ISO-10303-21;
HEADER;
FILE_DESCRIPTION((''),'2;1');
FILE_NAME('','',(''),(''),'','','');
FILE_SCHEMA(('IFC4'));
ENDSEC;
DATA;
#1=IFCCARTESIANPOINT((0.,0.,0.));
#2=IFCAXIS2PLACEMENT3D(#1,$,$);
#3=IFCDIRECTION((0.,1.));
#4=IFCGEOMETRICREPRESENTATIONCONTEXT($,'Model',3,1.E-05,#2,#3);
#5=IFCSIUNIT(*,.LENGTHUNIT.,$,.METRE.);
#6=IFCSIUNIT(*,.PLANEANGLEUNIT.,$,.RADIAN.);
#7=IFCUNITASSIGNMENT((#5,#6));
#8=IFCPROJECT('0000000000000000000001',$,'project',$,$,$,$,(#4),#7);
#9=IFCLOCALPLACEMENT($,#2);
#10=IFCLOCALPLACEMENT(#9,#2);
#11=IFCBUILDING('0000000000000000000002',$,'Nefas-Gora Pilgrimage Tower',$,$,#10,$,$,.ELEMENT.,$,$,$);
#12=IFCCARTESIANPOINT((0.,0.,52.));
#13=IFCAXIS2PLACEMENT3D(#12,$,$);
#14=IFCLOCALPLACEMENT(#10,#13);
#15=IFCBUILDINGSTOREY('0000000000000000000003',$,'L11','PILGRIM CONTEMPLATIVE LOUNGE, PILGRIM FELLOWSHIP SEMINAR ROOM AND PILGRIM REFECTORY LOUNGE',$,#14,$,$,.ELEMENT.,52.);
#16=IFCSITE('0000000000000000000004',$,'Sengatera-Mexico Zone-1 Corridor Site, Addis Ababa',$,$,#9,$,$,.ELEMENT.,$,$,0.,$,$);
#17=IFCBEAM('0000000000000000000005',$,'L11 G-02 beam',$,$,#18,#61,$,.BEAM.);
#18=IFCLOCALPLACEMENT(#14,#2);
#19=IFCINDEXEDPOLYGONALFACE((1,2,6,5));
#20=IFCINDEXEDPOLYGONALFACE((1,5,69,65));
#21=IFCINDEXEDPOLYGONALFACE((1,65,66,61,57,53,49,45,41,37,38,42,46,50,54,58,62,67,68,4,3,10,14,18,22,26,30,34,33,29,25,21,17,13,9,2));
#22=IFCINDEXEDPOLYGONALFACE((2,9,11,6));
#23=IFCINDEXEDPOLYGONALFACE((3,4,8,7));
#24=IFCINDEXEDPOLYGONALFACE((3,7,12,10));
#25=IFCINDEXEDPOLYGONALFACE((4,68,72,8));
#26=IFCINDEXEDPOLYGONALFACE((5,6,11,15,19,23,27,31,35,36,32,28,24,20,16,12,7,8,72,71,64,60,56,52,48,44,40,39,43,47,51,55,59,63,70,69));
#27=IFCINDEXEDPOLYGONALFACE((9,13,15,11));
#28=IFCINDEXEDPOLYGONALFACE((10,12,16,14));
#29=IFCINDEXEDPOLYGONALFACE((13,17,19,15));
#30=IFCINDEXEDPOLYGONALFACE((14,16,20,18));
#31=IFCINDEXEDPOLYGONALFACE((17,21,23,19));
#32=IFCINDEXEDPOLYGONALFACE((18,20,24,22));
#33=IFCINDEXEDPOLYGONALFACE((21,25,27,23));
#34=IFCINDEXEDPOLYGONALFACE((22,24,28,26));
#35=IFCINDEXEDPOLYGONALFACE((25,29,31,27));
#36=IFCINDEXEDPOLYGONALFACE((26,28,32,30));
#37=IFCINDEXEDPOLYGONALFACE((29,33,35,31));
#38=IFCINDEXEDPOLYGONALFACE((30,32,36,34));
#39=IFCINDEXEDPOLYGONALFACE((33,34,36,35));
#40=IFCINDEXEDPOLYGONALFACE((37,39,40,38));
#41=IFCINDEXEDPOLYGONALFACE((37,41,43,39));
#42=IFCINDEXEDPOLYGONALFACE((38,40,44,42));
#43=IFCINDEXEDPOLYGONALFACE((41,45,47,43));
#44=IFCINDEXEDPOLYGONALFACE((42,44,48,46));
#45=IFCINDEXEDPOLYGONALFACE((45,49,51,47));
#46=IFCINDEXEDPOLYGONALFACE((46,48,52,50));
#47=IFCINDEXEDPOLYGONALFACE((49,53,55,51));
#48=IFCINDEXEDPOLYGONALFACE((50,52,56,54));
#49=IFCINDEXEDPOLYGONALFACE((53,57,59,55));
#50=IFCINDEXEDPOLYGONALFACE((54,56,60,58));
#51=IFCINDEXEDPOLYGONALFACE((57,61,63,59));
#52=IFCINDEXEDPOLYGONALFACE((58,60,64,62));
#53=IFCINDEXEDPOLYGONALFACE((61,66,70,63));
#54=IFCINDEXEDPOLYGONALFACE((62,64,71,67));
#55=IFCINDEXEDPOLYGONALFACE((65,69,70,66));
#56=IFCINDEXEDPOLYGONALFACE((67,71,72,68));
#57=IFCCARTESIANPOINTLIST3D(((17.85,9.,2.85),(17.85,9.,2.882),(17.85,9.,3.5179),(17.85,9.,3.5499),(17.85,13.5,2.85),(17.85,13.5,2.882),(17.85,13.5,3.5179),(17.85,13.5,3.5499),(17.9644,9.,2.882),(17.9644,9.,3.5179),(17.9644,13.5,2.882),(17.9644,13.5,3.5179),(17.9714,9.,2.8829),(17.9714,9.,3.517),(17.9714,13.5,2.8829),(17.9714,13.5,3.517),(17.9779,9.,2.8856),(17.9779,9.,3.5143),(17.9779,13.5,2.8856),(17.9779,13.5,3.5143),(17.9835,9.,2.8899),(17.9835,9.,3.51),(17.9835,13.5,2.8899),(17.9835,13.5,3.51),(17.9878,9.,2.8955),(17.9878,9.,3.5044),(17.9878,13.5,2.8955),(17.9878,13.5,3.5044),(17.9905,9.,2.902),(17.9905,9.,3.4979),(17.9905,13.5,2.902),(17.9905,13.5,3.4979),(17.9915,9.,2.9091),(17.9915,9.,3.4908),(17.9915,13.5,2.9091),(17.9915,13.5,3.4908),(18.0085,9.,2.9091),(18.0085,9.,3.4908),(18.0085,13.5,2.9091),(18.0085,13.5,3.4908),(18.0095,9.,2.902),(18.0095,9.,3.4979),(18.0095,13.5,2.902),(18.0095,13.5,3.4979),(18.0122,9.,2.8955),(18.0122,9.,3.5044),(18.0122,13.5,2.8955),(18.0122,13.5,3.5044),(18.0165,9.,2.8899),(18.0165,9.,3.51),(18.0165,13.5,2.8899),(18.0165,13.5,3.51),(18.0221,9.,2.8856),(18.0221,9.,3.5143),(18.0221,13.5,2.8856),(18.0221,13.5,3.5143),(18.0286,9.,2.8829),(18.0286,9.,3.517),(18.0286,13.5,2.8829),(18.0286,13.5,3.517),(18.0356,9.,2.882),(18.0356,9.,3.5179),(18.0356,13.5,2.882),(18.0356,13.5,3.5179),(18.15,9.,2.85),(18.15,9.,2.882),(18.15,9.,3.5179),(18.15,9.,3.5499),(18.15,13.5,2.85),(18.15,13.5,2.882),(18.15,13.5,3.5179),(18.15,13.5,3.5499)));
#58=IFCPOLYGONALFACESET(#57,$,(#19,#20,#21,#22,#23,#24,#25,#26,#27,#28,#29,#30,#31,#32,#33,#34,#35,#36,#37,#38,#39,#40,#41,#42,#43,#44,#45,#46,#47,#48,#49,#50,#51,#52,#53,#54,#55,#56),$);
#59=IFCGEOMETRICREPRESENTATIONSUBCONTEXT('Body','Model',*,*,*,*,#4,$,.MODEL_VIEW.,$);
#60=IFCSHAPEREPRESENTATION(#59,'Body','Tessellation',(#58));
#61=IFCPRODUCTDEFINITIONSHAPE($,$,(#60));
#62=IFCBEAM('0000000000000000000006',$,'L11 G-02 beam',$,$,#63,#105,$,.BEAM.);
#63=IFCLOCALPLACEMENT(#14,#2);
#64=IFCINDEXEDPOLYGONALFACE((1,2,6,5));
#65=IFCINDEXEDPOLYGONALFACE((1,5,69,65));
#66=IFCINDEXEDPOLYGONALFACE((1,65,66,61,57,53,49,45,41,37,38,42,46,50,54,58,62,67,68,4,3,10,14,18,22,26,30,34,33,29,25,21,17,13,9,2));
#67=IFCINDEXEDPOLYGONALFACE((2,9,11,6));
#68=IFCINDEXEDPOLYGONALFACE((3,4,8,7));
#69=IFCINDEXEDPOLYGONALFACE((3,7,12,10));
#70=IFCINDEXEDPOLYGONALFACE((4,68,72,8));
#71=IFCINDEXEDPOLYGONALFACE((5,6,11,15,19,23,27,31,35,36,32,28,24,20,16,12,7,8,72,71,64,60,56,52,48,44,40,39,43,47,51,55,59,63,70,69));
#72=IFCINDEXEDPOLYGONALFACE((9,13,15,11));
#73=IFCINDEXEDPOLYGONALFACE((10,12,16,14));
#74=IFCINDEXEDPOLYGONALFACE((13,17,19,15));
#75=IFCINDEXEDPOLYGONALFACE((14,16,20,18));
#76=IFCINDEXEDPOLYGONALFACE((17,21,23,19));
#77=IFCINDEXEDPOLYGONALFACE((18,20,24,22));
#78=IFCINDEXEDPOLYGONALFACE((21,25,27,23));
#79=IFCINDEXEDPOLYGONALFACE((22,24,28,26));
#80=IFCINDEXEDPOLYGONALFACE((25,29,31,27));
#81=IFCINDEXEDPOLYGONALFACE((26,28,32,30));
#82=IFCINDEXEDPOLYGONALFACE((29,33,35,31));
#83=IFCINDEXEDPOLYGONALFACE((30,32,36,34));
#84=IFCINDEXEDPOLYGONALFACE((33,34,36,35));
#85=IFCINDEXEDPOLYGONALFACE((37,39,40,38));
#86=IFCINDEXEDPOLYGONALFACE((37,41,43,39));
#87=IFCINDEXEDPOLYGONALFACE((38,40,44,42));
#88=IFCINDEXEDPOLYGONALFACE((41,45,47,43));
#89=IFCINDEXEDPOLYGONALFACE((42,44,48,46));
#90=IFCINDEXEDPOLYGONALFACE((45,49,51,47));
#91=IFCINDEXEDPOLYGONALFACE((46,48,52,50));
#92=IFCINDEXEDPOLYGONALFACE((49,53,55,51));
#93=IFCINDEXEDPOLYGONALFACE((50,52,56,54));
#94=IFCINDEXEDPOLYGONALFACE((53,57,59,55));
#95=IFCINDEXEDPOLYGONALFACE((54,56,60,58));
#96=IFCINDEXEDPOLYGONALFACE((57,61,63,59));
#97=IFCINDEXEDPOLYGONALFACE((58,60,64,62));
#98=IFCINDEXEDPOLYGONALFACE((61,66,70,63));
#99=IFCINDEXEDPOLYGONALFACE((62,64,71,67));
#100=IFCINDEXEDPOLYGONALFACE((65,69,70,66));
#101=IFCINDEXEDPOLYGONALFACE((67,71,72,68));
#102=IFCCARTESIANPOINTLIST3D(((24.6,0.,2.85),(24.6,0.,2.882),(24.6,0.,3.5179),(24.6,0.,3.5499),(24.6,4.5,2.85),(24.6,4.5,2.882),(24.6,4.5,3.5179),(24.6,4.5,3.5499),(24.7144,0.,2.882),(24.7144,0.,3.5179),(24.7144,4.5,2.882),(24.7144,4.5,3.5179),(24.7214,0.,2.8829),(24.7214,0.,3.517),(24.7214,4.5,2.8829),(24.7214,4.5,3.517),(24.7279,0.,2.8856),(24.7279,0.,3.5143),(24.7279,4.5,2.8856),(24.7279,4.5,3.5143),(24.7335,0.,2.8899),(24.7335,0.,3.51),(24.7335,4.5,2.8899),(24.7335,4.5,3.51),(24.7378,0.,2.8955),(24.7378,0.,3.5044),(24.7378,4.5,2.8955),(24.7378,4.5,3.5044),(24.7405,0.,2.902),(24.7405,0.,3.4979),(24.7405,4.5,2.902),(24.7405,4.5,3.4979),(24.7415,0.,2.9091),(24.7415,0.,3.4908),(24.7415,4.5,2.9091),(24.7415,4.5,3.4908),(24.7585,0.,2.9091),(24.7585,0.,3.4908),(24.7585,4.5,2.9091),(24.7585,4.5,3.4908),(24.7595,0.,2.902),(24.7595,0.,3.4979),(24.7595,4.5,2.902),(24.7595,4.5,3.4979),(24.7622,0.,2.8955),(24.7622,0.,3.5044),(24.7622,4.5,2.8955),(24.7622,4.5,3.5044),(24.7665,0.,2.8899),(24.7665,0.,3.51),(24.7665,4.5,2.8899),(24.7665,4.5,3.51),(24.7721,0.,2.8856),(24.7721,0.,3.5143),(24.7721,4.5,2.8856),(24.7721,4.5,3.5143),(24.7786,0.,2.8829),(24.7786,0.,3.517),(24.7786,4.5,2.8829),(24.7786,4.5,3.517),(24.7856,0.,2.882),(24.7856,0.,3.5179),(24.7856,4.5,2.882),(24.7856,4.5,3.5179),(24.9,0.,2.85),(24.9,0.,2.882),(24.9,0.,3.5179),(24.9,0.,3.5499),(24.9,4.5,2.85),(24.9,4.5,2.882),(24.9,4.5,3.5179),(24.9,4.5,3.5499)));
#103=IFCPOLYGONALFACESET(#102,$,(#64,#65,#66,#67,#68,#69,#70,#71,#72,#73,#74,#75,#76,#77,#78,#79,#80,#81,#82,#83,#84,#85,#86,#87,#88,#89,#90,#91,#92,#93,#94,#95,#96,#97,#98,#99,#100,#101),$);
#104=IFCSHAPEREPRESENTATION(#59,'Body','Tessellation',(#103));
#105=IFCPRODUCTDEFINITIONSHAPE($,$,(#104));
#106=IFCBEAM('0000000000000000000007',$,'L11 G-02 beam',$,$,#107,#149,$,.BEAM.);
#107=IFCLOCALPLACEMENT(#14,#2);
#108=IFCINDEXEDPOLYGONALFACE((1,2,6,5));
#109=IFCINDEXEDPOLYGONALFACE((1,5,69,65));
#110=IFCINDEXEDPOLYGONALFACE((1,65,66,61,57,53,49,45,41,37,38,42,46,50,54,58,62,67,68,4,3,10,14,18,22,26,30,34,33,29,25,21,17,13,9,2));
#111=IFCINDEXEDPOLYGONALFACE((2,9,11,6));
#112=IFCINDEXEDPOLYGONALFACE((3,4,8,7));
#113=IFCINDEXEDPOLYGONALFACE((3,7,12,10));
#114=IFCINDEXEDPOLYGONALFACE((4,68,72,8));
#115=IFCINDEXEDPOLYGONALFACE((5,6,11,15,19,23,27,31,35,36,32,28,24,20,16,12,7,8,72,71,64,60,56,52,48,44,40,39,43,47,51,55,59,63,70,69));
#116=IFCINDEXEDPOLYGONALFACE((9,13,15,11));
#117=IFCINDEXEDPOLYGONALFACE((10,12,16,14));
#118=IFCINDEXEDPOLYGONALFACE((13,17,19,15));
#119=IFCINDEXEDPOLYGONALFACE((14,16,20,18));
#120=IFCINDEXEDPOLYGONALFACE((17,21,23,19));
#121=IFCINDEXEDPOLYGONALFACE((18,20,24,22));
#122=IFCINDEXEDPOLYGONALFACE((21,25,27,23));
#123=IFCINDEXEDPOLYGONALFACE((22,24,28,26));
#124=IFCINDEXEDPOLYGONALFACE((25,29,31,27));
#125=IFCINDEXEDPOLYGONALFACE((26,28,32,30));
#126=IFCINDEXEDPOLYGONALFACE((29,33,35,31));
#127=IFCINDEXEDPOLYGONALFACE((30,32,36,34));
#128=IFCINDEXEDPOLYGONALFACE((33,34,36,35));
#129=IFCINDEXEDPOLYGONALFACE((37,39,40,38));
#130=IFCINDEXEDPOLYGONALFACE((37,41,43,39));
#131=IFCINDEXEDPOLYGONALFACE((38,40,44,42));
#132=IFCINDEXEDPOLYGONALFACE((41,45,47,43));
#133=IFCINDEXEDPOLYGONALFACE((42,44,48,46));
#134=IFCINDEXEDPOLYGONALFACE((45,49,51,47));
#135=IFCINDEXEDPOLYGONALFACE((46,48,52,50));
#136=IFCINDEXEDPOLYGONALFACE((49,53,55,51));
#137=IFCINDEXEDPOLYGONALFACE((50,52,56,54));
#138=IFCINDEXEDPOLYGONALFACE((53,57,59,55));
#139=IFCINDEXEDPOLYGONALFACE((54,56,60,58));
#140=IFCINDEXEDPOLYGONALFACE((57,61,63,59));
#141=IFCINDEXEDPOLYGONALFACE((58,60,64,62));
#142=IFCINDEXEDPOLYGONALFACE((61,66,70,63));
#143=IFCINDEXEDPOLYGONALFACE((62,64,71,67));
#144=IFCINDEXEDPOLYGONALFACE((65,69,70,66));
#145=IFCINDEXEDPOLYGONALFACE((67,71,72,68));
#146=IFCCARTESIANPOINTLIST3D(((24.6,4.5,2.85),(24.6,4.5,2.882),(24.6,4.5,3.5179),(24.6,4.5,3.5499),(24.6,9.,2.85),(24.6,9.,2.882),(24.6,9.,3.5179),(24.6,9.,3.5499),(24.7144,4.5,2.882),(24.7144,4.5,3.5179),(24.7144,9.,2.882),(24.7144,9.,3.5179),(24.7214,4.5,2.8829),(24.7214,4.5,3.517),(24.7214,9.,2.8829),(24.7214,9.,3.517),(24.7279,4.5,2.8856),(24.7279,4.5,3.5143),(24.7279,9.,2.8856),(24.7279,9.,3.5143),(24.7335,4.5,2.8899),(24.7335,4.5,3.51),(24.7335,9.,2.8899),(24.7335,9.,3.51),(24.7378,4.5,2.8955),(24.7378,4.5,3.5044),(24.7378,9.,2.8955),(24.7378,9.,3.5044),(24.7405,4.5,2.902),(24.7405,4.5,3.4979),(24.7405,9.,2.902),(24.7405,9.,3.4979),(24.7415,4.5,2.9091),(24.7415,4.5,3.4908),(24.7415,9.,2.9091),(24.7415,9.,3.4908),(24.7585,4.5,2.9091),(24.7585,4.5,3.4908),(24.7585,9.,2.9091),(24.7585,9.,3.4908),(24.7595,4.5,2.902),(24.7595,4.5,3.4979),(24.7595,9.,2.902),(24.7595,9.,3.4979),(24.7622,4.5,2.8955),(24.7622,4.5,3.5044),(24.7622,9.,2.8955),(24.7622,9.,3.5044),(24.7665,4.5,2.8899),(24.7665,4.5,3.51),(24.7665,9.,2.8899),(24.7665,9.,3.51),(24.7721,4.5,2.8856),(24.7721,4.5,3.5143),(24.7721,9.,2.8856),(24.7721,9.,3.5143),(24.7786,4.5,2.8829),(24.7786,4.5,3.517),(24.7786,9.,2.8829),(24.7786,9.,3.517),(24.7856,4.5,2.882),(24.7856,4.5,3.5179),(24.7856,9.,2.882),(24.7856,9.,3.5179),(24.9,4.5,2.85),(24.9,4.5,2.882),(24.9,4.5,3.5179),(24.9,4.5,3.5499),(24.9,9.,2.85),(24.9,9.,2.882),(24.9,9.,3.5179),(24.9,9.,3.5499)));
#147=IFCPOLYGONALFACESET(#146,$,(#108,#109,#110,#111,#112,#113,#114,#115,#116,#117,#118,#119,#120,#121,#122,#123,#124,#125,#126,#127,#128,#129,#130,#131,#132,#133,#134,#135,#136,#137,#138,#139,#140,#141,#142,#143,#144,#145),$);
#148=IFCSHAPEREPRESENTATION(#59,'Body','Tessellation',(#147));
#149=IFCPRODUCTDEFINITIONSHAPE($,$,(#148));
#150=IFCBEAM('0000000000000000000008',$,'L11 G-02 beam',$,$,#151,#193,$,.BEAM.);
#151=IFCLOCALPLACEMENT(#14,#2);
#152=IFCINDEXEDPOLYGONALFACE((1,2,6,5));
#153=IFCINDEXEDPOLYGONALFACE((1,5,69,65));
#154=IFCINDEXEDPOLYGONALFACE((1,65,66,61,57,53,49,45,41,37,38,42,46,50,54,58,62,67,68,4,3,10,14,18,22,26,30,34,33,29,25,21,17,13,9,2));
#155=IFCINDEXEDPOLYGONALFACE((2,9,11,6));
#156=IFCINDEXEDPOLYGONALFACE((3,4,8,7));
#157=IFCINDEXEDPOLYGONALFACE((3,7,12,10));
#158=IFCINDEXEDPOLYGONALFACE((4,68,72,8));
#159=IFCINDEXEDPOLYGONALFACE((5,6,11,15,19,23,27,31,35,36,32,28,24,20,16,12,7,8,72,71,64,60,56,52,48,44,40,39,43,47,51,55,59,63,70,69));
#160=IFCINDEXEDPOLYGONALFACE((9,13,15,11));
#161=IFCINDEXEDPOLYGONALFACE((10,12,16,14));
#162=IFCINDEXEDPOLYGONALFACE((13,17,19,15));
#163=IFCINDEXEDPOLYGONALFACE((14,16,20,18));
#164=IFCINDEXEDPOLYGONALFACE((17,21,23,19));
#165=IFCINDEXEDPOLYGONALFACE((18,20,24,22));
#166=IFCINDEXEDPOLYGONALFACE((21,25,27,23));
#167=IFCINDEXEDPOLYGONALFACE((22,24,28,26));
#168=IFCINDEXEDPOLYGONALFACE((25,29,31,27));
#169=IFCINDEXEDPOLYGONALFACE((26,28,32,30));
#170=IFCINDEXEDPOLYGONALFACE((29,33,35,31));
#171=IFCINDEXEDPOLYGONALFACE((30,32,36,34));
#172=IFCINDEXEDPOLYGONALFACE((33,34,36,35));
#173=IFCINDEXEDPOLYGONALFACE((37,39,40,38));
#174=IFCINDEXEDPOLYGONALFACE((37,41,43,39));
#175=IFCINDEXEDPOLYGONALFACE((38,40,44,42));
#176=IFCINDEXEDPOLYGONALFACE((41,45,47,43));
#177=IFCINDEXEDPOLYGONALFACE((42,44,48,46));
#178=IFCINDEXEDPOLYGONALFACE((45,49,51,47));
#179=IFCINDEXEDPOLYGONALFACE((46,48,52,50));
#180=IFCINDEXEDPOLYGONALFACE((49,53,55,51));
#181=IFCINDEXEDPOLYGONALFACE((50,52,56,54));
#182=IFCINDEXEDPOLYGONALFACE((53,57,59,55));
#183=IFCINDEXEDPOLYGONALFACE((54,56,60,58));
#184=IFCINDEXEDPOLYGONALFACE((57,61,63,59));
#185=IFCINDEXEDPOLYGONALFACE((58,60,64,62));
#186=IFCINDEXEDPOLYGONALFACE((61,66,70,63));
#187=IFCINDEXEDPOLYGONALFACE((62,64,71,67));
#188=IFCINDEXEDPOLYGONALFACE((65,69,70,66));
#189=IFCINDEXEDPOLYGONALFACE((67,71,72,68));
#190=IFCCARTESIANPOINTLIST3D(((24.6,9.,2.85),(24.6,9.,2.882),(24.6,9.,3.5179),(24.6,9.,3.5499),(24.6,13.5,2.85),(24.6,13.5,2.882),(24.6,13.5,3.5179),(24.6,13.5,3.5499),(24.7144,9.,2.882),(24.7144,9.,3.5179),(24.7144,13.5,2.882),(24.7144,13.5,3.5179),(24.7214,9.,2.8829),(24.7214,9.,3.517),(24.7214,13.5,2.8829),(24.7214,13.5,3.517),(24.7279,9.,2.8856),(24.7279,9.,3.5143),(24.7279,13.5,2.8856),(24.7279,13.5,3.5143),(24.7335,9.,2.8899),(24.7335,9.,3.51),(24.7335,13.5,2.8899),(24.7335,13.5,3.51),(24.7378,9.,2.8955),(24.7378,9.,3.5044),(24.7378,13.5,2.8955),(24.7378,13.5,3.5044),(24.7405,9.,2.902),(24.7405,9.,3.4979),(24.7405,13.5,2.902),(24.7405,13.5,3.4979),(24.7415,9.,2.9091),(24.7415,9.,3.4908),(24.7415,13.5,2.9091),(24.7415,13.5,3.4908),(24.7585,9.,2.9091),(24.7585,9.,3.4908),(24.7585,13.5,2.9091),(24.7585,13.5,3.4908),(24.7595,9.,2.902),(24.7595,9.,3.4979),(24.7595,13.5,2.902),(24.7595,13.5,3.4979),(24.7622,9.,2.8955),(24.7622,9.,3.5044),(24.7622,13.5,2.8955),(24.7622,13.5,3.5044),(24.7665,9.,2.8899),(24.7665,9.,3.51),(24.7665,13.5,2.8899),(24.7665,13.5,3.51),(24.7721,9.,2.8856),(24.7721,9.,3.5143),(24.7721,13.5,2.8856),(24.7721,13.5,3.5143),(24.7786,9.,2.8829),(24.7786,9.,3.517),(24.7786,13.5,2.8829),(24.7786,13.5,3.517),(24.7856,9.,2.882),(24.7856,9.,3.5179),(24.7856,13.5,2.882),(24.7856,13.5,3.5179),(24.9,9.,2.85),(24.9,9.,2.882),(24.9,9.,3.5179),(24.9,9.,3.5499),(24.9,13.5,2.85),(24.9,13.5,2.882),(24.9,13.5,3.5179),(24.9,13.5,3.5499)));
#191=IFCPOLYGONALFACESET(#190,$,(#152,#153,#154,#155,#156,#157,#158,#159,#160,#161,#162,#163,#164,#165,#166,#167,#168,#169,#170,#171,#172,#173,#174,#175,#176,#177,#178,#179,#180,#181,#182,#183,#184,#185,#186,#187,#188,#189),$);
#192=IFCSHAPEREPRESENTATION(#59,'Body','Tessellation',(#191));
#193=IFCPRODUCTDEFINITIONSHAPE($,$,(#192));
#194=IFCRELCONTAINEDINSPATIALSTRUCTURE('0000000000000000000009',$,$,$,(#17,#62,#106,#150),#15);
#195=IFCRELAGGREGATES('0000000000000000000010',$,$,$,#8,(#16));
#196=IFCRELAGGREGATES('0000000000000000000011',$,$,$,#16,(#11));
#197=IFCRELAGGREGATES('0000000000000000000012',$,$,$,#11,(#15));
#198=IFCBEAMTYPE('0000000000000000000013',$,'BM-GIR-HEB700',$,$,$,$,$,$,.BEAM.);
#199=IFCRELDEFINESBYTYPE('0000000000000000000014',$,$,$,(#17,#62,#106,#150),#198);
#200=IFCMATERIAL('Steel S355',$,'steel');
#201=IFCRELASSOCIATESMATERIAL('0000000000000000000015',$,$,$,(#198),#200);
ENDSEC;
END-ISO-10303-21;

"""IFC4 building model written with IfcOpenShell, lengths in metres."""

from ifc_helpers import new_model, si_unit, direction, frame, origin, origin_2d, place, context, subcontext, project, spatial, i_section, extrude, source, transform, mapped, material, material_profile, profile_set, type_object, element, save


model = new_model("IFC4")

# Units and contexts
model_context = context("Model", 3, precision=1e-05, world=origin(), true_north=direction((0.0, 1.0)))
body_context = subcontext(model_context, "Body", "Model", "MODEL_VIEW")
ifc_project = project(units=[si_unit("LENGTHUNIT", "METRE"), si_unit("PLANEANGLEUNIT", "RADIAN")], contexts=[model_context])

# Site, building, storey
site_placement = place(None, origin())
site = spatial("IfcSite", under=ifc_project, at=site_placement, Name="Sengatera-Mexico Zone-1 Corridor Site, Addis Ababa", CompositionType="ELEMENT", RefElevation=0.0)
building_placement = place(site_placement, origin())
building = spatial("IfcBuilding", under=site, at=building_placement, Name="Nefas-Gora Pilgrimage Tower", CompositionType="ELEMENT")
storey_placement = place(building_placement, frame((0.0, 0.0, 52.0)))
storey = spatial("IfcBuildingStorey", under=building, at=storey_placement, Name="L11", Description="PILGRIM CONTEMPLATIVE LOUNGE, PILGRIM FELLOWSHIP SEMINAR ROOM AND PILGRIM REFECTORY LOUNGE", CompositionType="ELEMENT", Elevation=52.0)

# Beams
ifc_material_1 = material(Name="Steel S355", Category="steel")
ifc_material_profile_1 = material_profile(ifc_material_1, i_section(OverallWidth=0.3, OverallDepth=0.7, WebThickness=0.0171, FlangeThickness=0.032, FilletRadius=0.0271, at=origin_2d()), Name="HEB 700")
ifc_profile_set_1 = profile_set([ifc_material_profile_1], Name="Steel S355")
beam_type_1 = type_object("IfcBeamType", Name="BM-GIR-HEB700", PredefinedType="BEAM", material=ifc_profile_set_1)
shared_shape_1 = source(origin(), body_context, "Body", "SweptSolid", [
    extrude(i_section(OverallWidth=0.3, OverallDepth=0.7, WebThickness=0.0171, FlangeThickness=0.032, FilletRadius=0.0271, at=origin_2d()), origin(), (0.0, 0.0, 1.0), 4.5),
])
for number, where, z_axis, x_axis, name in (
    (1, (18.0, 9.0, 3.2), (0.0, 1.0, 0.0), (-1.0, 0.0, 0.0), "L11 G-02 beam"),
    (2, (24.75, 0.0, 3.2), (0.0, 1.0, 0.0), (-1.0, 0.0, 0.0), "L11 G-02 beam"),
    (3, (24.75, 4.5, 3.2), (0.0, 1.0, 0.0), (-1.0, 0.0, 0.0), "L11 G-02 beam"),
    (4, (24.75, 9.0, 3.2), (0.0, 1.0, 0.0), (-1.0, 0.0, 0.0), "L11 G-02 beam"),
):
    element("IfcBeam", number, at=place(storey_placement, frame(where, z_axis=z_axis, x_axis=x_axis)), inside=storey, type_object=beam_type_1, Name=name, PredefinedType="BEAM", context=body_context, shape_type="MappedRepresentation", body=[
        mapped(shared_shape_1, transform((0.0, 0.0, 0.0), x_axis=(1.0, 0.0, 0.0), y_axis=(0.0, 1.0, 0.0), z_axis=(0.0, 0.0, 1.0), scale=1.0)),
    ])

save(model, "model.ifc")
